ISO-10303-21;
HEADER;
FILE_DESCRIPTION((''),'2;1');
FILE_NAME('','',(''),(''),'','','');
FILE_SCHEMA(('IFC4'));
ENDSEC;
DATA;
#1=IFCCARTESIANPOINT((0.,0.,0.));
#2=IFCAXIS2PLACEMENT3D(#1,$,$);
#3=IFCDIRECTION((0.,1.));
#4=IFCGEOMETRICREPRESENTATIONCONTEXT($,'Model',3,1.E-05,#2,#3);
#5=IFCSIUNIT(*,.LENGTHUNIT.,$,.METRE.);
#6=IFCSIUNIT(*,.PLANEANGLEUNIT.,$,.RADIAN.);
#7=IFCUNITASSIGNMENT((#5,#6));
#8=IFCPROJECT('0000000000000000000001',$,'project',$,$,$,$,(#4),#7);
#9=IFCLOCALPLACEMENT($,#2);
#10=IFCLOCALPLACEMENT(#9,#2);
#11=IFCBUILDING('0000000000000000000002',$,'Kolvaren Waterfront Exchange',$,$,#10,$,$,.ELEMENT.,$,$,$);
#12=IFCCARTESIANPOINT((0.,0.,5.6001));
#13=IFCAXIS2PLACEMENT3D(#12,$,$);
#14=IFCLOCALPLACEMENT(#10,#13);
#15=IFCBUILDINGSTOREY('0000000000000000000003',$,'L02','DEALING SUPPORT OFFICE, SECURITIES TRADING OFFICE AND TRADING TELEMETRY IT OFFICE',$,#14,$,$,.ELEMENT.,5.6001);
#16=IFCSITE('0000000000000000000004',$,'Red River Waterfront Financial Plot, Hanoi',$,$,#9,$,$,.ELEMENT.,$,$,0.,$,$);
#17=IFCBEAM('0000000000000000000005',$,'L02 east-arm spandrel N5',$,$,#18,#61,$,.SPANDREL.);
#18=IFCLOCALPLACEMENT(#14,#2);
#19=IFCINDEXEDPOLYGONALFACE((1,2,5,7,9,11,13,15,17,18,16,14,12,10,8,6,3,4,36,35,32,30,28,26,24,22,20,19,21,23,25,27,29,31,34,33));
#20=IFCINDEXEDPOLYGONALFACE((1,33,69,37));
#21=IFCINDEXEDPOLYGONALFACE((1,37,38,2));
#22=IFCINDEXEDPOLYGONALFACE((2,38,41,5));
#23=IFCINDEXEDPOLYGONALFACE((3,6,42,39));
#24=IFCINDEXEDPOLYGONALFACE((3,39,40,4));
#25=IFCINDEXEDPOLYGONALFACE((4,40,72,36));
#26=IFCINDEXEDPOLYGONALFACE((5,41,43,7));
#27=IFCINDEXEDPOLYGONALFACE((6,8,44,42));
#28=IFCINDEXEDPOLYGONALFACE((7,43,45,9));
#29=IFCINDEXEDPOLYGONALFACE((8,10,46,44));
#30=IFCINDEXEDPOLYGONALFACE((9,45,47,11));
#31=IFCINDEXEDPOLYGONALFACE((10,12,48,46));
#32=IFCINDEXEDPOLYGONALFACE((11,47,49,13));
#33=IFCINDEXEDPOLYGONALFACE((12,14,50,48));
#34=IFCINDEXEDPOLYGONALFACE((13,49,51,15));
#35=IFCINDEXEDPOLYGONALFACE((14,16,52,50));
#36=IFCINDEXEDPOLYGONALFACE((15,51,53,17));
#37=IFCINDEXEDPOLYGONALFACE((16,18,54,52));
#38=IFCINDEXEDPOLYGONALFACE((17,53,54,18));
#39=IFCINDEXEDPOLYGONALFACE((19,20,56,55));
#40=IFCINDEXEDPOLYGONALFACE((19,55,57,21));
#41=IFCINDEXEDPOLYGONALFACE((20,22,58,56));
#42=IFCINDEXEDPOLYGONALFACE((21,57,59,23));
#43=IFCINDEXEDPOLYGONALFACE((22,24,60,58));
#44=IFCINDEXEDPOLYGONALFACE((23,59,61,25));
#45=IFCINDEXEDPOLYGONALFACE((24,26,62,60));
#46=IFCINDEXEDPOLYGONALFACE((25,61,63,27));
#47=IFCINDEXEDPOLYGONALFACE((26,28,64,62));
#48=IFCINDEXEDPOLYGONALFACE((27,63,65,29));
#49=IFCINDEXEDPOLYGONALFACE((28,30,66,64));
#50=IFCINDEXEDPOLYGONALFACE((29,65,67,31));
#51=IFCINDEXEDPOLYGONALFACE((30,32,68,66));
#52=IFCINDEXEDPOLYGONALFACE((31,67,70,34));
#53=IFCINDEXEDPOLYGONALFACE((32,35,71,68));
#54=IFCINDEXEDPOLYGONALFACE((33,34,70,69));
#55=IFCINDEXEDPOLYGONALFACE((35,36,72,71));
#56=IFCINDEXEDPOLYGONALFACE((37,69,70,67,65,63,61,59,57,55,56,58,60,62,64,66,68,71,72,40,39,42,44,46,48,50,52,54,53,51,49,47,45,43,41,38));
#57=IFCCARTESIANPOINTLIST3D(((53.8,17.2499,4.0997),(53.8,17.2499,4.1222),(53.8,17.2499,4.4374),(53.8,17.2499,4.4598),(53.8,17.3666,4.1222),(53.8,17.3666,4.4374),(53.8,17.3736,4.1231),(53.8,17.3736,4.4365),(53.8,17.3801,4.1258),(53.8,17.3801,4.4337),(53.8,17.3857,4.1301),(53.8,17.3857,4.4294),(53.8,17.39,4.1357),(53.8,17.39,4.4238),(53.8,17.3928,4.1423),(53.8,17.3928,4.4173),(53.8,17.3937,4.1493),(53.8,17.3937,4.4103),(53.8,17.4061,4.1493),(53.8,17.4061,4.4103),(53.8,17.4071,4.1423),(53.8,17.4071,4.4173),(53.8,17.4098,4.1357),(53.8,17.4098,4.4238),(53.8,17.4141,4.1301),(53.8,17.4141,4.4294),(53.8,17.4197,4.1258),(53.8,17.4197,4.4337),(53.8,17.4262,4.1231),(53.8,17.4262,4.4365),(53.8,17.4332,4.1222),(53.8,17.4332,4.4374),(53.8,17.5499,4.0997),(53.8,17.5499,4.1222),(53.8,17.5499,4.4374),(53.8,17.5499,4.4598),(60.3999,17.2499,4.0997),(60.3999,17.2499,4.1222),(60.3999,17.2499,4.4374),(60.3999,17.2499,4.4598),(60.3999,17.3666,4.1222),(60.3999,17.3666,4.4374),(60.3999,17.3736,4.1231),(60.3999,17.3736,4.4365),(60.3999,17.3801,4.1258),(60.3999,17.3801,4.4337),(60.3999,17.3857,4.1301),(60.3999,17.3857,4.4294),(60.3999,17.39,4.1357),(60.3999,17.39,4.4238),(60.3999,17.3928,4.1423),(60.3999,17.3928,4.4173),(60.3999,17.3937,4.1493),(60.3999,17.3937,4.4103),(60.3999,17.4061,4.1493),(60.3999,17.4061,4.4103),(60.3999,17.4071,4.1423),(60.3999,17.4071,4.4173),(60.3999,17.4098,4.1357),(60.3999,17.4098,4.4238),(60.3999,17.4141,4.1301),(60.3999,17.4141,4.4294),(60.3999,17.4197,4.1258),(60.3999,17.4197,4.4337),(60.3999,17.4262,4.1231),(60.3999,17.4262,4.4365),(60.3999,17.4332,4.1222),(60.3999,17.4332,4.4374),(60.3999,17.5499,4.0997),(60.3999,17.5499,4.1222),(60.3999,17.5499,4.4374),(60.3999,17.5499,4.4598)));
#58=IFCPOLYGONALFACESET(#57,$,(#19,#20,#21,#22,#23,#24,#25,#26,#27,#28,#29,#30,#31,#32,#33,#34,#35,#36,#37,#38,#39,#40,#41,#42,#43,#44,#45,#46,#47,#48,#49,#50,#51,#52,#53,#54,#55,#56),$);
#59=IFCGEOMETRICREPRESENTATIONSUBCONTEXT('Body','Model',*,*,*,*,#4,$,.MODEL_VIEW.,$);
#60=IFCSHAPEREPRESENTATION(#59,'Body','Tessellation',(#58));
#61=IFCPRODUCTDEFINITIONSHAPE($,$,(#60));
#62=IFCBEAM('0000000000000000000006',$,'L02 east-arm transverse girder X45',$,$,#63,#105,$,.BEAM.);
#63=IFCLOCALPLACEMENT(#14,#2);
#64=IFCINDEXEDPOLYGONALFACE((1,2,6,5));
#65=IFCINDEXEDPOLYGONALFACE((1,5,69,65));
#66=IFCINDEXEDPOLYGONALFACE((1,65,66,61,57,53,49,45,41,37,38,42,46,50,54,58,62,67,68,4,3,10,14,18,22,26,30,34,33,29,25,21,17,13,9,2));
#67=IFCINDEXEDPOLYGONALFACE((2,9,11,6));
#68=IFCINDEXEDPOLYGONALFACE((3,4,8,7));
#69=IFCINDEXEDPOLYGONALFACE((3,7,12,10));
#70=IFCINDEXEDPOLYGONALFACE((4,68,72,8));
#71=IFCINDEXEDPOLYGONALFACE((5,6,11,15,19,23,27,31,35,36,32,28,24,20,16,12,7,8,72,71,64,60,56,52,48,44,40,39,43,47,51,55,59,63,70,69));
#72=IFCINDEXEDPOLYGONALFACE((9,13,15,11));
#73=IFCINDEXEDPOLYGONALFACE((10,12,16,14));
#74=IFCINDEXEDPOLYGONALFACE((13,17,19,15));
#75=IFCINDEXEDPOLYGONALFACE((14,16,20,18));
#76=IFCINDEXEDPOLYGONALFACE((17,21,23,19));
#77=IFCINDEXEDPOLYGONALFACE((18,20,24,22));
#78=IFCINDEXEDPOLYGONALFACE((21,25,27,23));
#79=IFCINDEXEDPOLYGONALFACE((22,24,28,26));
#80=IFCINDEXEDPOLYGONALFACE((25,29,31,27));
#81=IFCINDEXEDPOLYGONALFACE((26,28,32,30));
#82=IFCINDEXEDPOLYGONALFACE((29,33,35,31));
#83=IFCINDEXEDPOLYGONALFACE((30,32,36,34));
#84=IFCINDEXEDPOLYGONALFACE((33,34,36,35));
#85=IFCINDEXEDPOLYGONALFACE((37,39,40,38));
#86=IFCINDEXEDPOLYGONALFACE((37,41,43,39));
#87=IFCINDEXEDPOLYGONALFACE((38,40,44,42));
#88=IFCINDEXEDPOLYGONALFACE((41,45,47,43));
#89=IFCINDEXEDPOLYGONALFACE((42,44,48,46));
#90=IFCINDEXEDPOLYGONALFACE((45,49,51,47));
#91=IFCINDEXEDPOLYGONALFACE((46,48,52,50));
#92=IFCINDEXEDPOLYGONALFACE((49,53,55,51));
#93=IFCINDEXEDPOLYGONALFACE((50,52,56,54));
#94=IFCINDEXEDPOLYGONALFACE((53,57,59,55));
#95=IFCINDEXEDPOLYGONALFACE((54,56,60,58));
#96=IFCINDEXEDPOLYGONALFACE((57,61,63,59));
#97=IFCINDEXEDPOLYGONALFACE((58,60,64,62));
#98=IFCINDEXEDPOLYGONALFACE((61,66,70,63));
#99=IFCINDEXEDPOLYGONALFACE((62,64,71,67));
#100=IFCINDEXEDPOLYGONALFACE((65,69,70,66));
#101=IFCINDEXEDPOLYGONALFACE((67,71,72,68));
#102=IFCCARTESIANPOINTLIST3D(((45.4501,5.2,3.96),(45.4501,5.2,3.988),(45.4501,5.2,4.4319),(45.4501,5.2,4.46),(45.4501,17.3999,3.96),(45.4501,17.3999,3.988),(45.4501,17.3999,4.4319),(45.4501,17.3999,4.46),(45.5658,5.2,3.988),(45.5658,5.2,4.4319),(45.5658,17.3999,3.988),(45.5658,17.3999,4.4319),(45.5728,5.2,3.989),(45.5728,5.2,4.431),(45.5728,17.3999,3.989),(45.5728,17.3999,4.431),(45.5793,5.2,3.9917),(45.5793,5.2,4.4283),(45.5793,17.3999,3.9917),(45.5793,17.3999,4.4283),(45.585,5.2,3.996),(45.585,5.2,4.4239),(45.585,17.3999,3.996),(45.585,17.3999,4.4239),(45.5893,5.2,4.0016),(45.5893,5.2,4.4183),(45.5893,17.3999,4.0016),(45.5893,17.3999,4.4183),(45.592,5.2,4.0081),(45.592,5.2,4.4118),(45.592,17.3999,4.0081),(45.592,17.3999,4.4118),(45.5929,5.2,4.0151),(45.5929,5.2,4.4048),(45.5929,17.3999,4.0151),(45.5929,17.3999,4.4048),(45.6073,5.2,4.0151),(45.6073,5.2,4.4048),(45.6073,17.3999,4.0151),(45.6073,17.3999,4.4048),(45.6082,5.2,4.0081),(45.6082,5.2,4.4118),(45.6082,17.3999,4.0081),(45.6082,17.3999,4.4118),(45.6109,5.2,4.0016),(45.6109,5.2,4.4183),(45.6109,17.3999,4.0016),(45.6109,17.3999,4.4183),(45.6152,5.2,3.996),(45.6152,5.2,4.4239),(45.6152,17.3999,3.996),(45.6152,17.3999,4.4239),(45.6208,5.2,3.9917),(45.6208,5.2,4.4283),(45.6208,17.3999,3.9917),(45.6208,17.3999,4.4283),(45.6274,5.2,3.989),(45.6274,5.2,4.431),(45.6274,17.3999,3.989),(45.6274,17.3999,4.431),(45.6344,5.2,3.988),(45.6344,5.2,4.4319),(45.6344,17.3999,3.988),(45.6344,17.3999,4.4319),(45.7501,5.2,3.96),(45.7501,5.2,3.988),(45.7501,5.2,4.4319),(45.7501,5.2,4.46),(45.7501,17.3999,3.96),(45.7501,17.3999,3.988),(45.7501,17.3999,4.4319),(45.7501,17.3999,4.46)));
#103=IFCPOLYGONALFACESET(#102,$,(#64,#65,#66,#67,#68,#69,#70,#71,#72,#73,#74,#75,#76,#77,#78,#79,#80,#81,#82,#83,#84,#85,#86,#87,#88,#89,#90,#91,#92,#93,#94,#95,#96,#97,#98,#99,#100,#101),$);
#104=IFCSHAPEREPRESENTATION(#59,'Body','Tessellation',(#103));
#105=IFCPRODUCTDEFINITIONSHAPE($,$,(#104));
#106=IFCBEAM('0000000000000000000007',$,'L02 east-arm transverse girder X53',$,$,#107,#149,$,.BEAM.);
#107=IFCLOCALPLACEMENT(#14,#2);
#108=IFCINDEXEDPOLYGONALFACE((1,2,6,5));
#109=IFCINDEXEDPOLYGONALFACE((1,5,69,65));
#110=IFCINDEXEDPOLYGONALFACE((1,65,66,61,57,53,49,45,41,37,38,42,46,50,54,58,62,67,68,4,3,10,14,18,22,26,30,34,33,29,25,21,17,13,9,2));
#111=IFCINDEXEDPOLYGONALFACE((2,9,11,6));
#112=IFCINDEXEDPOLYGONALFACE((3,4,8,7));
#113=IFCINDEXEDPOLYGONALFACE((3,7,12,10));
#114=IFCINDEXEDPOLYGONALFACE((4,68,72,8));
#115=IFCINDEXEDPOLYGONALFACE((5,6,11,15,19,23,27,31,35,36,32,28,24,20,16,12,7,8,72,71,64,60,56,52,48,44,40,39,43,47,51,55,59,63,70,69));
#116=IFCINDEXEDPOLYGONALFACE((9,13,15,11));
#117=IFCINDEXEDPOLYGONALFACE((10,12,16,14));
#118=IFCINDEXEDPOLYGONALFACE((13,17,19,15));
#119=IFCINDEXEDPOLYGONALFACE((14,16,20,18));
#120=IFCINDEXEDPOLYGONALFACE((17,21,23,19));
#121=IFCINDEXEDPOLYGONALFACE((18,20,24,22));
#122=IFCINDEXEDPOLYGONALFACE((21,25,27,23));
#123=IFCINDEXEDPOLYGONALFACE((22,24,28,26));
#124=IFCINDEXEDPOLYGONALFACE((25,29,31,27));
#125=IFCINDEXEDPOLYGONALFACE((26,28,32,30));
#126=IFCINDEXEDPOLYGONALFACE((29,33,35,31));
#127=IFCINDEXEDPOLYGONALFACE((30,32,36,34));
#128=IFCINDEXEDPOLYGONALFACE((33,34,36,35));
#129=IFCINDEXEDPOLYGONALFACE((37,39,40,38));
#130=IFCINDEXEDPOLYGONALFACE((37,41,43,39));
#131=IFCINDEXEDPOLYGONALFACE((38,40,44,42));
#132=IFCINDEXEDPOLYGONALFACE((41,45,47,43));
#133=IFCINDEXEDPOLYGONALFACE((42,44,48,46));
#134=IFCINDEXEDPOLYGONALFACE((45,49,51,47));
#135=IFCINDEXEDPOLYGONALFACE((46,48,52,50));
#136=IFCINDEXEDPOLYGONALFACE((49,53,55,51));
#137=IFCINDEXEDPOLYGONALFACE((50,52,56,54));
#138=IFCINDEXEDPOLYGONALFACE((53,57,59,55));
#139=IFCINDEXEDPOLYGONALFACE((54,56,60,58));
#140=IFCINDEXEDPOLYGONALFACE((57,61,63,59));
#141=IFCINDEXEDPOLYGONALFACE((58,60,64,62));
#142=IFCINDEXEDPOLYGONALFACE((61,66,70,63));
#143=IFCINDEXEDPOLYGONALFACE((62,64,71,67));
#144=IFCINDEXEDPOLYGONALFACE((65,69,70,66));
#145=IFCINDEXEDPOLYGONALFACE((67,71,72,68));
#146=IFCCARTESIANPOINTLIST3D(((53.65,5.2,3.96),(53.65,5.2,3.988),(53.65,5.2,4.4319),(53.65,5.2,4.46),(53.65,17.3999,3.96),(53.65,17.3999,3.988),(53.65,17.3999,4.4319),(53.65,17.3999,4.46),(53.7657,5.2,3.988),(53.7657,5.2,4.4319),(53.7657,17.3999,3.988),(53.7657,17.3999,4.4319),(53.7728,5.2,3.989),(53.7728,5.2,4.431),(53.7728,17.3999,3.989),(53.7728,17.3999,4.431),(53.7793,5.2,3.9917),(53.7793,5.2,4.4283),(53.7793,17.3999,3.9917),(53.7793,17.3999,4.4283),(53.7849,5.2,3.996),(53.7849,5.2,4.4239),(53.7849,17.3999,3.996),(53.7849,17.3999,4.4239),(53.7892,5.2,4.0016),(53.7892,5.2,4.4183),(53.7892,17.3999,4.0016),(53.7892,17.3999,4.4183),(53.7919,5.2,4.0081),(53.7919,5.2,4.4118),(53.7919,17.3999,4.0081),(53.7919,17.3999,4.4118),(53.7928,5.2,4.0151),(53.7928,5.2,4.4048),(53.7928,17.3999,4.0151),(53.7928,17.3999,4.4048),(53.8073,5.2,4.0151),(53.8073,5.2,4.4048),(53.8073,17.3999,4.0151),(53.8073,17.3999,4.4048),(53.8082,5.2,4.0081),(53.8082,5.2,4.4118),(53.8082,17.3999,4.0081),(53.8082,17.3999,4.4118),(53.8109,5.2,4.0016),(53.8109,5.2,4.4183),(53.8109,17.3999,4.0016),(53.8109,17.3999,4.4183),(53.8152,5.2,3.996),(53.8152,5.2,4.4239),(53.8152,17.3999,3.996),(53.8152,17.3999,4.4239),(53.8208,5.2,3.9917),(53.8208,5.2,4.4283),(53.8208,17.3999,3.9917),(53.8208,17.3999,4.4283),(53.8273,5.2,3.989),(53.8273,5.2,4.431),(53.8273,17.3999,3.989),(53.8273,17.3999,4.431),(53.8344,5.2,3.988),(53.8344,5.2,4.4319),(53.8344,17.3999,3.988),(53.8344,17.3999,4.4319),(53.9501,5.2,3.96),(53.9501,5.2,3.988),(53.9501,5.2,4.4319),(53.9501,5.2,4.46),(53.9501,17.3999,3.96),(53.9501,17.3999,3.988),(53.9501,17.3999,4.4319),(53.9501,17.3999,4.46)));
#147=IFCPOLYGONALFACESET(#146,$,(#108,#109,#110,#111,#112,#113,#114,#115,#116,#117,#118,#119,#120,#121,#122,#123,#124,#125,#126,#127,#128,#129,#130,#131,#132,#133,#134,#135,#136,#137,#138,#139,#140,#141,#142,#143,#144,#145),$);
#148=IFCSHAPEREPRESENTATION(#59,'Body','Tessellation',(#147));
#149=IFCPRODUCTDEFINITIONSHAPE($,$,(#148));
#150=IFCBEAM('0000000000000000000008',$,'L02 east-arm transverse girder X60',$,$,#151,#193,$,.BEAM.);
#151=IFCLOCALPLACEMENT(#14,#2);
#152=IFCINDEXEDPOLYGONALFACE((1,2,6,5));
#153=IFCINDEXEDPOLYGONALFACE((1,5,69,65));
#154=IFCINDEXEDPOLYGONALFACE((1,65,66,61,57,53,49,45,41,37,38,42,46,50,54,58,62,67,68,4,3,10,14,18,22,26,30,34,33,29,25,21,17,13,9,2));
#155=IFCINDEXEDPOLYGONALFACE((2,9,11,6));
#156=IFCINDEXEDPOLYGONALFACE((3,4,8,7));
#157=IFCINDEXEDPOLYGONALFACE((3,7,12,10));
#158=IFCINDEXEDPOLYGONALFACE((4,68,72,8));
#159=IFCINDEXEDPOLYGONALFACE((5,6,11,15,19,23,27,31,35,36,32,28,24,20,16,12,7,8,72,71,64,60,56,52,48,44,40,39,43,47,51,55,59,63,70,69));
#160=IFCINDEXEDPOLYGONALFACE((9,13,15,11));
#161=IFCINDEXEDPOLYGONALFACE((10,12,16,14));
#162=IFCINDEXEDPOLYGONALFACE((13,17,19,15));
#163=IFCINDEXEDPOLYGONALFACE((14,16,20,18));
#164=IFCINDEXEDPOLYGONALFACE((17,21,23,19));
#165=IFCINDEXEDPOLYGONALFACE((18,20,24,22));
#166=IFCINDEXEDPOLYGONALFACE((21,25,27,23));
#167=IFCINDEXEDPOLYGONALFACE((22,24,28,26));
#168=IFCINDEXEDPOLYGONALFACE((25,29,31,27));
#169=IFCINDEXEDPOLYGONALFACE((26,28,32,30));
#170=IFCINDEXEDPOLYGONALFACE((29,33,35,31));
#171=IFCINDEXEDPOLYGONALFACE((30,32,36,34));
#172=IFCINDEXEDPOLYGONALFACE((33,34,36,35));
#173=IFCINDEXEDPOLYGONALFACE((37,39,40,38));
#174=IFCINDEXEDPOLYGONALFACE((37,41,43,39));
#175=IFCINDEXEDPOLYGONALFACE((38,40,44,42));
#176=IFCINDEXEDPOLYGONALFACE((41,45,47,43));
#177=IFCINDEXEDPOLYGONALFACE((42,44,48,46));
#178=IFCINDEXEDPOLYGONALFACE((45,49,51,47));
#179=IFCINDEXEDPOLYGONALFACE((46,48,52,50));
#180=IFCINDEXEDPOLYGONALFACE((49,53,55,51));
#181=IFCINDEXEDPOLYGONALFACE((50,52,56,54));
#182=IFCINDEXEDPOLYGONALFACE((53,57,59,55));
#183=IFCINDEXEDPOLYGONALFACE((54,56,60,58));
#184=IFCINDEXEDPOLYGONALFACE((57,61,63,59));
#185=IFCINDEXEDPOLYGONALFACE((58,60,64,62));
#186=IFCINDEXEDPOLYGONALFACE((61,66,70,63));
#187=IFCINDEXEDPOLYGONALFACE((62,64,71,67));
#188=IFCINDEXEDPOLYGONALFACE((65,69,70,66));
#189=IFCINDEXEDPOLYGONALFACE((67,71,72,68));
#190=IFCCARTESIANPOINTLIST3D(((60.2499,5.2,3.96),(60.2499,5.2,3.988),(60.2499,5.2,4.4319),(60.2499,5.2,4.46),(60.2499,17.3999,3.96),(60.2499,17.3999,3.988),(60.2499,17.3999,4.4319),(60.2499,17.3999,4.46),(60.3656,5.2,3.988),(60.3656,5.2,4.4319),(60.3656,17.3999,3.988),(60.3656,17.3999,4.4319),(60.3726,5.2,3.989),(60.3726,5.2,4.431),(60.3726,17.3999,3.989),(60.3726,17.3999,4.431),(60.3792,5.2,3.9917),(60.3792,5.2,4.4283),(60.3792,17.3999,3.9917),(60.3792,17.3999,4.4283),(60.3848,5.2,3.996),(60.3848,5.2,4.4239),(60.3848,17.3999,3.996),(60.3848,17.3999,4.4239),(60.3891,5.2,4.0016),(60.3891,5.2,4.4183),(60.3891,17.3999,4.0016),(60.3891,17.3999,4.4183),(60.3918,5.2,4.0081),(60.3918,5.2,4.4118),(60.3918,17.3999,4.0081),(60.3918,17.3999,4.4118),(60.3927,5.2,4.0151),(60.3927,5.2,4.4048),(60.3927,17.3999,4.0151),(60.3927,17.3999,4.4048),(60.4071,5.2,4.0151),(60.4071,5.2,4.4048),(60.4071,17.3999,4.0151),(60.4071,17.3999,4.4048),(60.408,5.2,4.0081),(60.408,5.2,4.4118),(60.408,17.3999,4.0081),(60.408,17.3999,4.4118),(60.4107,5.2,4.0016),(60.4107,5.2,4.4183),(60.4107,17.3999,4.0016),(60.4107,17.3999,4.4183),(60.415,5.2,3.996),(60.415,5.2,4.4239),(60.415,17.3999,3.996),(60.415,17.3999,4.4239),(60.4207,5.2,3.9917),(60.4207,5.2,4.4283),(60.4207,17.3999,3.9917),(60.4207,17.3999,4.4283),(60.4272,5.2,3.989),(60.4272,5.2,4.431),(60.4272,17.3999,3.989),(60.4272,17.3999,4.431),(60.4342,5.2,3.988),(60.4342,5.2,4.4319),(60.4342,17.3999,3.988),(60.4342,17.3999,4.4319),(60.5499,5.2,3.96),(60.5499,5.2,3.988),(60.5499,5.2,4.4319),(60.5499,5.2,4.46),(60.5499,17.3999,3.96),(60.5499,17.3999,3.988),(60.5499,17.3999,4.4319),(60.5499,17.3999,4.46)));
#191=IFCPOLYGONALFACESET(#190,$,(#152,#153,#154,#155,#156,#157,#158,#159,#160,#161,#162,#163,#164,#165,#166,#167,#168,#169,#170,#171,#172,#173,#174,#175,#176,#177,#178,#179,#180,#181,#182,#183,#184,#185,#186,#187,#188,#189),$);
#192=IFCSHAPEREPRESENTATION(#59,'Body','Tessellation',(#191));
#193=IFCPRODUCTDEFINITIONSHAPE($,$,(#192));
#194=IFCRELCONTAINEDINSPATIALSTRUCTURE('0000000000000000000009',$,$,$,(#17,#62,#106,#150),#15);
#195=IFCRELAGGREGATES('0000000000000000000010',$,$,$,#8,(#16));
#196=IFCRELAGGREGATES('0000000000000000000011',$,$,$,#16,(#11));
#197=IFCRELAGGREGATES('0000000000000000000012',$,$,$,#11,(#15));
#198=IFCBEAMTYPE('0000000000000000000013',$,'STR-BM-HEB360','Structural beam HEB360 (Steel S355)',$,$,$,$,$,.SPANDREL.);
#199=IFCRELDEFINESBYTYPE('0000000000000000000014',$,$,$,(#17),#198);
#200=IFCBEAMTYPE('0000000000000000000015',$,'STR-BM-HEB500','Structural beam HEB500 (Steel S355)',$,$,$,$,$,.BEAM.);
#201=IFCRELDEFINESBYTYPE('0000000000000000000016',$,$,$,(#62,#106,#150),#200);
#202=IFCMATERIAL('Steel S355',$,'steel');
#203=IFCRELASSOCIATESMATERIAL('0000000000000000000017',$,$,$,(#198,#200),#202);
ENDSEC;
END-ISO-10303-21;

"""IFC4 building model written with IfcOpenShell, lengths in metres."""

from ifc_helpers import new_model, si_unit, direction, frame, origin, origin_2d, place, context, subcontext, project, spatial, i_section, extrude, material, material_profile, profile_set, type_object, element, save


model = new_model("IFC4")

# Units and contexts
model_context = context("Model", 3, precision=1e-05, world=origin(), true_north=direction((0.0, 1.0)))
body_context = subcontext(model_context, "Body", "Model", "MODEL_VIEW")
ifc_project = project(units=[si_unit("LENGTHUNIT", "METRE"), si_unit("PLANEANGLEUNIT", "RADIAN")], contexts=[model_context])

# Site, building, storey
site_placement = place(None, origin())
site = spatial("IfcSite", under=ifc_project, at=site_placement, Name="Red River Waterfront Financial Plot, Hanoi", CompositionType="ELEMENT", RefElevation=0.0)
building_placement = place(site_placement, origin())
building = spatial("IfcBuilding", under=site, at=building_placement, Name="Kolvaren Waterfront Exchange", CompositionType="ELEMENT")
storey_placement = place(building_placement, frame((0.0, 0.0, 5.6001)))
storey = spatial("IfcBuildingStorey", under=building, at=storey_placement, Name="L02", Description="DEALING SUPPORT OFFICE, SECURITIES TRADING OFFICE AND TRADING TELEMETRY IT OFFICE", CompositionType="ELEMENT", Elevation=5.6001)

# Beams
ifc_material_1 = material(Name="Steel S355", Category="steel")
ifc_material_profile_1 = material_profile(ifc_material_1, i_section(OverallWidth=0.3, OverallDepth=0.3601, WebThickness=0.0125, FlangeThickness=0.0225, FilletRadius=0.0271, at=origin_2d()), Name="HEB360")
ifc_profile_set_1 = profile_set([ifc_material_profile_1], Name="Steel S355")
beam_type_1 = type_object("IfcBeamType", Name="STR-BM-HEB360", Description="Structural beam HEB360 (Steel S355)", PredefinedType="SPANDREL", material=ifc_profile_set_1)
beam_1_placement = place(storey_placement, frame((53.8, 17.3999, 4.2798), z_axis=(1.0, 0.0, 0.0), x_axis=(0.0, 1.0, 0.0)))
element("IfcBeam", 1, at=beam_1_placement, inside=storey, type_object=beam_type_1, Name="L02 east-arm spandrel N5", PredefinedType="SPANDREL", context=body_context, shape_type="SweptSolid", body=[
    extrude(i_section(OverallWidth=0.3, OverallDepth=0.3601, WebThickness=0.0125, FlangeThickness=0.0225, FilletRadius=0.0271, at=origin_2d()), origin(), (0.0, 0.0, 1.0), 6.5999),
])
ifc_material_profile_2 = material_profile(ifc_material_1, i_section(OverallWidth=0.3, OverallDepth=0.5, WebThickness=0.0144, FlangeThickness=0.0281, FilletRadius=0.0271, at=origin_2d()), Name="HEB500")
ifc_profile_set_2 = profile_set([ifc_material_profile_2], Name="Steel S355")
beam_type_2 = type_object("IfcBeamType", Name="STR-BM-HEB500", Description="Structural beam HEB500 (Steel S355)", PredefinedType="BEAM", material=ifc_profile_set_2)
for number, where, z_axis, x_axis, name in (
    (2, (45.6001, 5.2, 4.21), (0.0, 1.0, 0.0), (-1.0, 0.0, 0.0), "L02 east-arm transverse girder X45"),
    (3, (53.8, 5.2, 4.21), (0.0, 1.0, 0.0), (-1.0, 0.0, 0.0), "L02 east-arm transverse girder X53"),
    (4, (60.3999, 5.2, 4.21), (0.0, 1.0, 0.0), (-1.0, 0.0, 0.0), "L02 east-arm transverse girder X60"),
):
    element("IfcBeam", number, at=place(storey_placement, frame(where, z_axis=z_axis, x_axis=x_axis)), inside=storey, type_object=beam_type_2, Name=name, PredefinedType="BEAM", context=body_context, shape_type="SweptSolid", body=[
        extrude(i_section(OverallWidth=0.3, OverallDepth=0.5, WebThickness=0.0144, FlangeThickness=0.0281, FilletRadius=0.0271, at=origin_2d()), origin(), (0.0, 0.0, 1.0), 12.2),
    ])

save(model, "model.ifc")
